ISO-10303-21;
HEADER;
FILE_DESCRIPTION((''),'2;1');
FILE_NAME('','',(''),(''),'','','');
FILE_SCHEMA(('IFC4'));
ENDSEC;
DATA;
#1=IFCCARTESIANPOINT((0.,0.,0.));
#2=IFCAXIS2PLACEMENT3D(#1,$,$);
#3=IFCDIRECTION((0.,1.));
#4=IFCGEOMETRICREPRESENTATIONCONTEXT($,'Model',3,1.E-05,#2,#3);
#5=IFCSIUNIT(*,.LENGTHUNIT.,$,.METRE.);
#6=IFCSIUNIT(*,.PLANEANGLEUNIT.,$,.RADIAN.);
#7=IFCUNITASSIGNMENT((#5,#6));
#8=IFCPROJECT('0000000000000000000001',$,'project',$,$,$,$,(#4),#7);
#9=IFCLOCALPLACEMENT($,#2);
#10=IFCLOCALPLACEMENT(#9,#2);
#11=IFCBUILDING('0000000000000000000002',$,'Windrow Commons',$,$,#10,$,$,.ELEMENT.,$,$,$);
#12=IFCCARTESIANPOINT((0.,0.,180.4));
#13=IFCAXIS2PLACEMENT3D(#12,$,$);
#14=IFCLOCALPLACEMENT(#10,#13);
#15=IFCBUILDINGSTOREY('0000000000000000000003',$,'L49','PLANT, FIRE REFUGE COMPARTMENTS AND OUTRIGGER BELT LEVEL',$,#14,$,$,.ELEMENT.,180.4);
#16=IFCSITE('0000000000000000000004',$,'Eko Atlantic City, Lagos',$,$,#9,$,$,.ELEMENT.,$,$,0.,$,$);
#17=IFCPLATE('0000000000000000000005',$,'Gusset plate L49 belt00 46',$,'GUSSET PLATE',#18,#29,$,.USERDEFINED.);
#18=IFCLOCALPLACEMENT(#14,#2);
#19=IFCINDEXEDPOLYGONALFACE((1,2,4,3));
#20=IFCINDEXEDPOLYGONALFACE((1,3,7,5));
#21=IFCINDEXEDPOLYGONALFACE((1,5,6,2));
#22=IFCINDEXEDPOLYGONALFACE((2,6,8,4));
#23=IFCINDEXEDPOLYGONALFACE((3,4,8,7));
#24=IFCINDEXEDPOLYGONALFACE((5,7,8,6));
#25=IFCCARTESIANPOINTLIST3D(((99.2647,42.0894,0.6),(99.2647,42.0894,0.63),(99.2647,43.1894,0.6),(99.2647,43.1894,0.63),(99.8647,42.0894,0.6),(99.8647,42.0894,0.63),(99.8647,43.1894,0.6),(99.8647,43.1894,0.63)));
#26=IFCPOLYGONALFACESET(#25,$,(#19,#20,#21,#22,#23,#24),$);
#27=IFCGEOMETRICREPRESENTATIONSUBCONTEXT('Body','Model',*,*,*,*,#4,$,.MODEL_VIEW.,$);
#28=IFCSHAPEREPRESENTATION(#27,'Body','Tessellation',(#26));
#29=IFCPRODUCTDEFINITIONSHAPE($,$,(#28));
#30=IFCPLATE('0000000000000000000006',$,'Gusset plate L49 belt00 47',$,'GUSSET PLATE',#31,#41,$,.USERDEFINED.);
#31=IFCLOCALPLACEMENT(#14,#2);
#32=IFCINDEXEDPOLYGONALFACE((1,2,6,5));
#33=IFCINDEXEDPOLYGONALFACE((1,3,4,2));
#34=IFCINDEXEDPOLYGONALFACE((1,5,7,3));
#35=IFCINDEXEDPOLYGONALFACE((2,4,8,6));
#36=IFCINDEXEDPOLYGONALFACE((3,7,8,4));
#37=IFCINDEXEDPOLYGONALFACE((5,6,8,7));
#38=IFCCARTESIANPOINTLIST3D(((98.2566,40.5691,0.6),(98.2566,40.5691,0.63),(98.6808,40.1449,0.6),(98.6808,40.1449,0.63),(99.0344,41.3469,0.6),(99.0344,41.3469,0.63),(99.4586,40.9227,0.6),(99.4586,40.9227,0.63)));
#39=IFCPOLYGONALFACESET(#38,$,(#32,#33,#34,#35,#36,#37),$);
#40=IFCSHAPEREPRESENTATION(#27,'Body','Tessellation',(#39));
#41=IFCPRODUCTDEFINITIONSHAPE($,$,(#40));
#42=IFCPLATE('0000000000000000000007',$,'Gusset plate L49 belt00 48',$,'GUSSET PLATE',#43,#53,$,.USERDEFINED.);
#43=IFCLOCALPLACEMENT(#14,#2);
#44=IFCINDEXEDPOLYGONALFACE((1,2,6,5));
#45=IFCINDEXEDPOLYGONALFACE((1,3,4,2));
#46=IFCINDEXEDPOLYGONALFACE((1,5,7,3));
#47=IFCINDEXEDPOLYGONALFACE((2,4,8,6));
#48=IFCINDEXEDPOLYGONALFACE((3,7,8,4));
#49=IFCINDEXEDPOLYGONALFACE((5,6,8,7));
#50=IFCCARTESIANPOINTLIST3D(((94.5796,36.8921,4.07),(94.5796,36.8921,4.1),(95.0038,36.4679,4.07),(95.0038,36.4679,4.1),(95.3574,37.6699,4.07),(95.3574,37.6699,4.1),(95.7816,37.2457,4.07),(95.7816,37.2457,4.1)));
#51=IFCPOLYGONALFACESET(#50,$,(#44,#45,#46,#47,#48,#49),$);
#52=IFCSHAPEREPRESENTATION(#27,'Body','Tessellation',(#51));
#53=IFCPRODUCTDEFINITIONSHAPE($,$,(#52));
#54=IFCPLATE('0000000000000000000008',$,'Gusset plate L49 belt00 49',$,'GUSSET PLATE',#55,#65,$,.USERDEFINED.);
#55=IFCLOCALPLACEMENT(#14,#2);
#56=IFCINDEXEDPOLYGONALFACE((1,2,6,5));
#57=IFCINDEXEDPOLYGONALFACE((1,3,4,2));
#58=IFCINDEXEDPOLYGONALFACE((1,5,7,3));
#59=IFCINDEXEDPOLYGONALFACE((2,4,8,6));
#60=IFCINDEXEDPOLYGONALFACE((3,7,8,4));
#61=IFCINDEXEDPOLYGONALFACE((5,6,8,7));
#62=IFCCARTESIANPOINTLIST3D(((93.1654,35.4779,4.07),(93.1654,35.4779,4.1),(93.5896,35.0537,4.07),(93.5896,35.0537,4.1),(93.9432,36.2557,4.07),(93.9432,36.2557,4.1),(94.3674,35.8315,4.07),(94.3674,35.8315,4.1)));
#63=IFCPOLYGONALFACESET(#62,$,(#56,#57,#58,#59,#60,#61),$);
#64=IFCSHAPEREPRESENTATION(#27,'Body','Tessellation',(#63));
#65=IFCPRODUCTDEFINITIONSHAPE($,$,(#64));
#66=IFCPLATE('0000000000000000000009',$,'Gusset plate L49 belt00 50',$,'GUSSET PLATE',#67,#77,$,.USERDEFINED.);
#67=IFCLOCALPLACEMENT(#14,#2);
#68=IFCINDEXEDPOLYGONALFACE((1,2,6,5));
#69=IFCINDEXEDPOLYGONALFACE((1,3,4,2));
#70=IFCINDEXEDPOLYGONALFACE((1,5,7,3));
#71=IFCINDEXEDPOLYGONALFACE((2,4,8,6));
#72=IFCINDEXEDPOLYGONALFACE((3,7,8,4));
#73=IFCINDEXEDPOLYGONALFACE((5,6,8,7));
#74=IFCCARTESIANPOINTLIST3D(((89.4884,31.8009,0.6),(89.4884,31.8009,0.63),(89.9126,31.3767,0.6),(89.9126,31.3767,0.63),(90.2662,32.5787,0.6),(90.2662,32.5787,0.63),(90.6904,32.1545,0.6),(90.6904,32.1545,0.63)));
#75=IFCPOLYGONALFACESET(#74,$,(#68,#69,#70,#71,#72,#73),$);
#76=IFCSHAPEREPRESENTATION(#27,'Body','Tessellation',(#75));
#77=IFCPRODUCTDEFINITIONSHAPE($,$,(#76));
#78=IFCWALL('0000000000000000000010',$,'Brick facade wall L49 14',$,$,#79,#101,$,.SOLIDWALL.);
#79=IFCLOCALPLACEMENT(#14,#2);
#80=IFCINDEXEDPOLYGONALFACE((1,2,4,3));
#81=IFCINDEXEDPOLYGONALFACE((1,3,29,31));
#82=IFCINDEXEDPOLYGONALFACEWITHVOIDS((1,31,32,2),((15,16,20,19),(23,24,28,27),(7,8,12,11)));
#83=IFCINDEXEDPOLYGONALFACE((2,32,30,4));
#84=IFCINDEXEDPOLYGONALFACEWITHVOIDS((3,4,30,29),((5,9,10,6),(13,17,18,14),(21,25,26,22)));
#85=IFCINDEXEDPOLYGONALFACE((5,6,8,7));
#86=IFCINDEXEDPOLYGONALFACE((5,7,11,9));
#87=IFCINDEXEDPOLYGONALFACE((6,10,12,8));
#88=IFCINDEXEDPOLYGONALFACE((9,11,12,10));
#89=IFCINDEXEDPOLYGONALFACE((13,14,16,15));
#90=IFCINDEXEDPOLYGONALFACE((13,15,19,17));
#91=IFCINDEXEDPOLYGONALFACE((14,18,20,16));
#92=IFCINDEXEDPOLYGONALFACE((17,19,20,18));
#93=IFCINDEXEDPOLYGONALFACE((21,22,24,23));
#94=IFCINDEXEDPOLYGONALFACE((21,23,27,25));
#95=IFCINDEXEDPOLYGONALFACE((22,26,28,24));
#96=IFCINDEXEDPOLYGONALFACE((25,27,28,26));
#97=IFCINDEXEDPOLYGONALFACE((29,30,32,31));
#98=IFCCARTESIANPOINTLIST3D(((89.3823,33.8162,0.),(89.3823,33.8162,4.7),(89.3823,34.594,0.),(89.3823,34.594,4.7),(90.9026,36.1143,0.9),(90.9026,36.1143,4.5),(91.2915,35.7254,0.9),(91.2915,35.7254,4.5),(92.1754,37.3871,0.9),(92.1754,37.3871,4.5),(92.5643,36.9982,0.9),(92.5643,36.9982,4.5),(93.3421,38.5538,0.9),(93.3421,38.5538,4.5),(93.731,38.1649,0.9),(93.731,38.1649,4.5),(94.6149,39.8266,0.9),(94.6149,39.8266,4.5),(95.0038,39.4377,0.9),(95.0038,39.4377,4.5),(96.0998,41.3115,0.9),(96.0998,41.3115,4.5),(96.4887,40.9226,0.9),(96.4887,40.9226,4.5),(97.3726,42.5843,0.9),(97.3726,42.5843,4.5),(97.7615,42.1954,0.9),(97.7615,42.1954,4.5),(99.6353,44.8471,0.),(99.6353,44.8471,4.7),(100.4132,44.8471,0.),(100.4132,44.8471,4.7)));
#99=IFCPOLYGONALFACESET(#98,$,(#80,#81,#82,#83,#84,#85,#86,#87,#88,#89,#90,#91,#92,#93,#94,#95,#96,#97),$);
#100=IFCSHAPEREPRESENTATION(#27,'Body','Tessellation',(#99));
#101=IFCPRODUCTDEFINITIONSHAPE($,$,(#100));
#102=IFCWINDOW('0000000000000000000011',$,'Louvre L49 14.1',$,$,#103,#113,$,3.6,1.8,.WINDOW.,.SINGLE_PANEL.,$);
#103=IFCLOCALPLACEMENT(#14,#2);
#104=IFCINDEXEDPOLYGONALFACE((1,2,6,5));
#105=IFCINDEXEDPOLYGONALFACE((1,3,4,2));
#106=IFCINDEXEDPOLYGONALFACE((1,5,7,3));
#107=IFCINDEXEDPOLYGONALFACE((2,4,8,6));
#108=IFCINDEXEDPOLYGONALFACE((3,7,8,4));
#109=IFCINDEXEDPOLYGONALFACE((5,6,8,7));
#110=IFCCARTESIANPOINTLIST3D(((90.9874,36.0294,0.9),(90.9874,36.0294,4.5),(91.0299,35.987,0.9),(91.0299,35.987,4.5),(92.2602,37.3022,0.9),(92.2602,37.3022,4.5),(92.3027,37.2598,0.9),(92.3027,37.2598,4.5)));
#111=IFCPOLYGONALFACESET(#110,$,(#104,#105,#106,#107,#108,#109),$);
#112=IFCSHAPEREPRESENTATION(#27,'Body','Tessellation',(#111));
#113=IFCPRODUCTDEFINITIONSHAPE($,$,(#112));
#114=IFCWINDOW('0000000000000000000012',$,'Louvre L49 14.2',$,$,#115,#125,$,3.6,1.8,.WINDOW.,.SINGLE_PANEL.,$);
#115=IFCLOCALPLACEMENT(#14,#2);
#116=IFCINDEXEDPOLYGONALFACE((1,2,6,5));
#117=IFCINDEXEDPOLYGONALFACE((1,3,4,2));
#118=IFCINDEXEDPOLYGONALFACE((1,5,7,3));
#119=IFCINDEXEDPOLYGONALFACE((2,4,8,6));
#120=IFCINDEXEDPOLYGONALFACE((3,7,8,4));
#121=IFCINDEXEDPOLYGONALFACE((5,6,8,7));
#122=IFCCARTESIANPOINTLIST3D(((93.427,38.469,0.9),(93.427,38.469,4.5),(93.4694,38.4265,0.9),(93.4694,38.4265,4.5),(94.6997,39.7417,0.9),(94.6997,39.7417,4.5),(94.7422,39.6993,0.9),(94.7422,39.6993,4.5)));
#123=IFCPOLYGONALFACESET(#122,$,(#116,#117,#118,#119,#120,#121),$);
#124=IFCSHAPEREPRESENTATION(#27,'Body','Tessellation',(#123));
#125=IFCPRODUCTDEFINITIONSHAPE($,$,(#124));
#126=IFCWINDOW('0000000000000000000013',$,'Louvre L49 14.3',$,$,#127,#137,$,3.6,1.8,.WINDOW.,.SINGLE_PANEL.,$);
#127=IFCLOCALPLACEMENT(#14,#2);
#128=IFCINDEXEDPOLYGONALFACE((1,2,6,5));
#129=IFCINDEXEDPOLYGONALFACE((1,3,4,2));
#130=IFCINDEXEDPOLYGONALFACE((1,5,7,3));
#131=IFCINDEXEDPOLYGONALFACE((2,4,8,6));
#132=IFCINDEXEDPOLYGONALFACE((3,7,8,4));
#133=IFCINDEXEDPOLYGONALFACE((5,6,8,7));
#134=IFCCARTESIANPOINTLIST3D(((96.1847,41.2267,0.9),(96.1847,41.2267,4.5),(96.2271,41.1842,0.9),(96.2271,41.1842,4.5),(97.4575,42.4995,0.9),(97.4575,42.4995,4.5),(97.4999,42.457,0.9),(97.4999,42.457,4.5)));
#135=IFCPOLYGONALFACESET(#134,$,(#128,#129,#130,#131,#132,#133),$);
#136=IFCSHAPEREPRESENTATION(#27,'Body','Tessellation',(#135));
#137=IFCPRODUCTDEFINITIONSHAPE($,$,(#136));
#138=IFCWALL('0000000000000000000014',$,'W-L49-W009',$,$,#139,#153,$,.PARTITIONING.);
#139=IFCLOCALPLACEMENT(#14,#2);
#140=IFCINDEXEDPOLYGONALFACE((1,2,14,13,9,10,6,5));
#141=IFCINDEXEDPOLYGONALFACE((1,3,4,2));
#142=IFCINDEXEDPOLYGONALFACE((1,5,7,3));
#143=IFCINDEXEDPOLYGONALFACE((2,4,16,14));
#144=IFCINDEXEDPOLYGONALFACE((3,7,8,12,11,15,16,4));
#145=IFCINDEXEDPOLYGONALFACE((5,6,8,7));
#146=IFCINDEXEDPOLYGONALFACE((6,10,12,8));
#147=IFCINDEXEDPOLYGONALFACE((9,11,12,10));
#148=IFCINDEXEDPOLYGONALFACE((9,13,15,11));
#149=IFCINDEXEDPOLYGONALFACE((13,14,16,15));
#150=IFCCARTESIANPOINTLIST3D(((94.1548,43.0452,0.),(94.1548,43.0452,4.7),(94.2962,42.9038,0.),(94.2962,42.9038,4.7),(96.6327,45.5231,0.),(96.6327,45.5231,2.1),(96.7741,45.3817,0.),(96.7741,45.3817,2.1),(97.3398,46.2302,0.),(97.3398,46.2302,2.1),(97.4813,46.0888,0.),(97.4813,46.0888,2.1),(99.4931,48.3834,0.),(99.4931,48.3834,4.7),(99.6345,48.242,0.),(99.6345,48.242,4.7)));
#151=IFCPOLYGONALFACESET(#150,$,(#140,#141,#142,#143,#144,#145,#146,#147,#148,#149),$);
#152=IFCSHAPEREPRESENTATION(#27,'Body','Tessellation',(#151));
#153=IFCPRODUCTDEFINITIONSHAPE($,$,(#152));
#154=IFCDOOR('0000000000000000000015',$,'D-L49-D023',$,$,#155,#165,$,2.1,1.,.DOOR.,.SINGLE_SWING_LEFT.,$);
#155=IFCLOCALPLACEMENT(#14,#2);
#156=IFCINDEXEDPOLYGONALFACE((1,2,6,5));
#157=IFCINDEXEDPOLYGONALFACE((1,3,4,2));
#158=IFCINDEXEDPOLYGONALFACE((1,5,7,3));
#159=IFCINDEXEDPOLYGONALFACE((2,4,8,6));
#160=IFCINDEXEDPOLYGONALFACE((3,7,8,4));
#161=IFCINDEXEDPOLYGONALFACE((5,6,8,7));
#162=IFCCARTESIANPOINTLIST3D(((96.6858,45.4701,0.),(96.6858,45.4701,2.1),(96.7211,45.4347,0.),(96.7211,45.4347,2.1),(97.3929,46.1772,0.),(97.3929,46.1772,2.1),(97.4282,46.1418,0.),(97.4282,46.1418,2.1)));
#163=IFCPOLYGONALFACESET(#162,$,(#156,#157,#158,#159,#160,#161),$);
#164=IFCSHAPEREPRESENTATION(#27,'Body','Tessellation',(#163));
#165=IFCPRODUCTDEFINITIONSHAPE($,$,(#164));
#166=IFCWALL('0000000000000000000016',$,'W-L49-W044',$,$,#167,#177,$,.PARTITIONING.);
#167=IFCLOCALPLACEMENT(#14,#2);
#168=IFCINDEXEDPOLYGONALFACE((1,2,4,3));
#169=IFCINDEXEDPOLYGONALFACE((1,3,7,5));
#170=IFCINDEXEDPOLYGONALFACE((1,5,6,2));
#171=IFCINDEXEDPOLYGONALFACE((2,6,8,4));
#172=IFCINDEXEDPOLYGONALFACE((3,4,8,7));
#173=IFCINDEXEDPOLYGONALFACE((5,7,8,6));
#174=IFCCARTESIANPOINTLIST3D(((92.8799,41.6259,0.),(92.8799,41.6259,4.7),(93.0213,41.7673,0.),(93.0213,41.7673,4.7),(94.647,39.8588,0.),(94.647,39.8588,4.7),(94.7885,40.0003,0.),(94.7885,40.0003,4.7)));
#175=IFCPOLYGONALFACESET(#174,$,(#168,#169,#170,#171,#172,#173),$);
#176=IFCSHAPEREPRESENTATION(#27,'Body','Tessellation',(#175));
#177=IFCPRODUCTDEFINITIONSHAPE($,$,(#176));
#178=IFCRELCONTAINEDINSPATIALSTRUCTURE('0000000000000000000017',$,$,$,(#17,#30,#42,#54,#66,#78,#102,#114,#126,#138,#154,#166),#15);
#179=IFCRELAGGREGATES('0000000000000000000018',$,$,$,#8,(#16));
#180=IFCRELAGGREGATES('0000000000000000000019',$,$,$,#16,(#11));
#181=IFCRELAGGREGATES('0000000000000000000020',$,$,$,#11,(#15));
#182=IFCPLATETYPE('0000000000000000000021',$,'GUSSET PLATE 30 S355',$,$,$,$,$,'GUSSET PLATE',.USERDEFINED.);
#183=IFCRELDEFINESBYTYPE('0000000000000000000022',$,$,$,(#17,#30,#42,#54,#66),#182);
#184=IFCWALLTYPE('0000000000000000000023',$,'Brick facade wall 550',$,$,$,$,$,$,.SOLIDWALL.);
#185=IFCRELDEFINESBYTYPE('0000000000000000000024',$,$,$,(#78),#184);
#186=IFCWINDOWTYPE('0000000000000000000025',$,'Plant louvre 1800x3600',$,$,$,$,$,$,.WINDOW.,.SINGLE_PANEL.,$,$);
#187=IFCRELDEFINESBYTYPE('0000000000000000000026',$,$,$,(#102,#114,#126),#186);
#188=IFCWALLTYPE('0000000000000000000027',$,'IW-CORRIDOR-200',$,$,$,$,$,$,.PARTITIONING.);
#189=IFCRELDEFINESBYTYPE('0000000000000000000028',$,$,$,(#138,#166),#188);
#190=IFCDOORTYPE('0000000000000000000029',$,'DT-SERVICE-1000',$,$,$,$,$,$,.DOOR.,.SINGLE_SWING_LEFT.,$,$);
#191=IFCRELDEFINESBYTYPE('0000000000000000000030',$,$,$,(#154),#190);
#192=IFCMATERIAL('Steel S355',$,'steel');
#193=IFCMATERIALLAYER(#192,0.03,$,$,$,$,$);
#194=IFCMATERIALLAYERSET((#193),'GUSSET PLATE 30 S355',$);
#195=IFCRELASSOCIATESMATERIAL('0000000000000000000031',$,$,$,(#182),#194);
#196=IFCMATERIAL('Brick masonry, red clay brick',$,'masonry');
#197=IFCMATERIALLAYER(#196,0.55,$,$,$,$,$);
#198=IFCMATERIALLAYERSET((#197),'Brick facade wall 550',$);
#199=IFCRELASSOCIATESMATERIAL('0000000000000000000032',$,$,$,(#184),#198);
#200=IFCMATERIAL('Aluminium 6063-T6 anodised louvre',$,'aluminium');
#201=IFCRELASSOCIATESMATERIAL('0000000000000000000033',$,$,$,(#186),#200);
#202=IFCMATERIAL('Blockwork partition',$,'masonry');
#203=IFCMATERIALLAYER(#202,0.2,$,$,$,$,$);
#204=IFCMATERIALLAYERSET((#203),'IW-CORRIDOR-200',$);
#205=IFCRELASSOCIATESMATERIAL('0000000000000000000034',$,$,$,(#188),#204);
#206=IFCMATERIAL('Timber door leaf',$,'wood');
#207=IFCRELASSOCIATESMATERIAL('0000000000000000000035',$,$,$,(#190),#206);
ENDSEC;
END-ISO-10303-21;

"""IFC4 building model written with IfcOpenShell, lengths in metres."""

from ifc_helpers import new_model, si_unit, direction, frame, frame_2d, origin, origin_2d, place, context, subcontext, project, spatial, polyline, rectangle, outline, extrude, material, layer, layer_set, type_object, element, fill, save


model = new_model("IFC4")

# Units and contexts
model_context = context("Model", 3, precision=1e-05, world=origin(), true_north=direction((0.0, 1.0)))
body_context = subcontext(model_context, "Body", "Model", "MODEL_VIEW")
ifc_project = project(units=[si_unit("LENGTHUNIT", "METRE"), si_unit("PLANEANGLEUNIT", "RADIAN")], contexts=[model_context])

# Site, building, storey
site_placement = place(None, origin())
site = spatial("IfcSite", under=ifc_project, at=site_placement, Name="Eko Atlantic City, Lagos", CompositionType="ELEMENT", RefElevation=0.0)
building_placement = place(site_placement, origin())
building = spatial("IfcBuilding", under=site, at=building_placement, Name="Windrow Commons", CompositionType="ELEMENT")
storey_placement = place(building_placement, frame((0.0, 0.0, 180.4)))
storey = spatial("IfcBuildingStorey", under=building, at=storey_placement, Name="L49", Description="PLANT, FIRE REFUGE COMPARTMENTS AND OUTRIGGER BELT LEVEL", CompositionType="ELEMENT", Elevation=180.4)

# Plates
ifc_material_1 = material(Name="Steel S355", Category="steel")
ifc_layer_1 = layer(ifc_material_1, 0.03)
ifc_layer_set_1 = layer_set([ifc_layer_1], Name="GUSSET PLATE 30 S355")
plate_type_1 = type_object("IfcPlateType", Name="GUSSET PLATE 30 S355", ElementType="GUSSET PLATE", PredefinedType="USERDEFINED", material=ifc_layer_set_1)
for number, where, z_axis, x_axis, name in (
    (1, (99.5647, 42.6394, 0.6), (0.0, 0.0, 1.0), (0.0, -1.0, 0.0), "Gusset plate L49 belt00 46"),
    (2, (98.8576, 40.7459, 0.6), (0.0, 0.0, 1.0), (-0.707107, -0.707107, 0.0), "Gusset plate L49 belt00 47"),
    (3, (95.1806, 37.0689, 4.07), (0.0, 0.0, 1.0), (-0.707107, -0.707107, 0.0), "Gusset plate L49 belt00 48"),
    (4, (93.7664, 35.6547, 4.07), (0.0, 0.0, 1.0), (-0.707107, -0.707107, 0.0), "Gusset plate L49 belt00 49"),
    (5, (90.0894, 31.9777, 0.6), (0.0, 0.0, 1.0), (-0.707107, -0.707107, 0.0), "Gusset plate L49 belt00 50"),
):
    element("IfcPlate", number, at=place(storey_placement, frame(where, z_axis=z_axis, x_axis=x_axis)), inside=storey, type_object=plate_type_1, Name=name, ObjectType="GUSSET PLATE", PredefinedType="USERDEFINED", context=body_context, shape_type="SweptSolid", body=[
        extrude(rectangle(XDim=1.1, YDim=0.6, at=origin_2d()), origin(), (0.0, 0.0, 1.0), 0.03),
    ])

# Wall, openings, windows
ifc_material_2 = material(Name="Brick masonry, red clay brick", Category="masonry")
ifc_layer_2 = layer(ifc_material_2, 0.55)
ifc_layer_set_2 = layer_set([ifc_layer_2], Name="Brick facade wall 550")
wall_type_1 = type_object("IfcWallType", Name="Brick facade wall 550", PredefinedType="SOLIDWALL", material=ifc_layer_set_2)
wall_1_placement = place(storey_placement, frame((89.3823, 34.2051, 0.0), z_axis=(0.0, 0.0, 1.0), x_axis=(0.707107, 0.707107, 0.0)))
wall_1 = element("IfcWall", 6, at=wall_1_placement, inside=storey, type_object=wall_type_1, Name="Brick facade wall L49 14", PredefinedType="SOLIDWALL", context=body_context, shape_type="SweptSolid", body=[
    extrude(outline(polyline([(-0.275, -0.275), (15.325, -0.275), (14.775, 0.275), (0.275, 0.275), (-0.275, -0.275)])), origin(), (0.0, 0.0, 1.0), 4.7),
])
opening_1_placement = place(wall_1_placement, frame((2.425, 0.0, 0.9)))
opening_1 = element("IfcOpeningElement", 7, at=opening_1_placement, cuts=wall_1, PredefinedType="OPENING", context=body_context, shape_type="SweptSolid", body=[
    extrude(rectangle(XDim=1.8, YDim=3.6, at=frame_2d((0.9, 1.8))), frame((0.0, 0.285, 0.0), z_axis=(0.0, -1.0, 0.0), x_axis=(1.0, 0.0, 0.0)), (0.0, 0.0, 1.0), 0.57),
])
opening_2_placement = place(wall_1_placement, frame((5.875, 0.0, 0.9)))
opening_2 = element("IfcOpeningElement", 8, at=opening_2_placement, cuts=wall_1, PredefinedType="OPENING", context=body_context, shape_type="SweptSolid", body=[
    extrude(rectangle(XDim=1.8, YDim=3.6, at=frame_2d((0.9, 1.8))), frame((0.0, 0.285, 0.0), z_axis=(0.0, -1.0, 0.0), x_axis=(1.0, 0.0, 0.0)), (0.0, 0.0, 1.0), 0.57),
])
opening_3_placement = place(wall_1_placement, frame((9.775, 0.0, 0.9)))
opening_3 = element("IfcOpeningElement", 9, at=opening_3_placement, cuts=wall_1, PredefinedType="OPENING", context=body_context, shape_type="SweptSolid", body=[
    extrude(rectangle(XDim=1.8, YDim=3.6, at=frame_2d((0.9, 1.8))), frame((0.0, 0.285, 0.0), z_axis=(0.0, -1.0, 0.0), x_axis=(1.0, 0.0, 0.0)), (0.0, 0.0, 1.0), 0.57),
])
ifc_material_3 = material(Name="Aluminium 6063-T6 anodised louvre", Category="aluminium")
window_type = type_object("IfcWindowType", Name="Plant louvre 1800x3600", PartitioningType="SINGLE_PANEL", PredefinedType="WINDOW", material=ifc_material_3)
window_1_placement = place(opening_1_placement, origin())
window_1 = element("IfcWindow", 10, at=window_1_placement, inside=storey, type_object=window_type, Name="Louvre L49 14.1", OverallHeight=3.6, OverallWidth=1.8, PartitioningType="SINGLE_PANEL", PredefinedType="WINDOW", context=body_context, shape_type="SweptSolid", body=[
    extrude(rectangle(XDim=1.8, YDim=3.6, at=frame_2d((0.9, 1.8))), frame((0.0, 0.155, 0.0), z_axis=(0.0, -1.0, 0.0), x_axis=(1.0, 0.0, 0.0)), (0.0, 0.0, 1.0), 0.06),
])
fill(opening_1, window_1)
window_2_placement = place(opening_2_placement, origin())
window_2 = element("IfcWindow", 11, at=window_2_placement, inside=storey, type_object=window_type, Name="Louvre L49 14.2", OverallHeight=3.6, OverallWidth=1.8, PartitioningType="SINGLE_PANEL", PredefinedType="WINDOW", context=body_context, shape_type="SweptSolid", body=[
    extrude(rectangle(XDim=1.8, YDim=3.6, at=frame_2d((0.9, 1.8))), frame((0.0, 0.155, 0.0), z_axis=(0.0, -1.0, 0.0), x_axis=(1.0, 0.0, 0.0)), (0.0, 0.0, 1.0), 0.06),
])
fill(opening_2, window_2)
window_3_placement = place(opening_3_placement, origin())
window_3 = element("IfcWindow", 12, at=window_3_placement, inside=storey, type_object=window_type, Name="Louvre L49 14.3", OverallHeight=3.6, OverallWidth=1.8, PartitioningType="SINGLE_PANEL", PredefinedType="WINDOW", context=body_context, shape_type="SweptSolid", body=[
    extrude(rectangle(XDim=1.8, YDim=3.6, at=frame_2d((0.9, 1.8))), frame((0.0, 0.155, 0.0), z_axis=(0.0, -1.0, 0.0), x_axis=(1.0, 0.0, 0.0)), (0.0, 0.0, 1.0), 0.06),
])
fill(opening_3, window_3)

# Wall, opening, door
ifc_material_4 = material(Name="Blockwork partition", Category="masonry")
ifc_layer_3 = layer(ifc_material_4, 0.2)
ifc_layer_set_3 = layer_set([ifc_layer_3], Name="IW-CORRIDOR-200")
wall_type_2 = type_object("IfcWallType", Name="IW-CORRIDOR-200", PredefinedType="PARTITIONING", material=ifc_layer_set_3)
wall_2_placement = place(storey_placement, frame((94.2255, 42.9745, 0.0), z_axis=(0.0, 0.0, 1.0), x_axis=(0.707113, 0.7071, 0.0)))
wall_2 = element("IfcWall", 13, at=wall_2_placement, inside=storey, type_object=wall_type_2, Name="W-L49-W009", PredefinedType="PARTITIONING", context=body_context, shape_type="SweptSolid", body=[
    extrude(rectangle(XDim=7.5494, YDim=0.2, at=frame_2d((3.7747, 0.0))), origin(), (0.0, 0.0, 1.0), 4.7),
])
opening_4_placement = place(wall_2_placement, frame((3.5043, 0.0, 0.0)))
opening_4 = element("IfcOpeningElement", 14, at=opening_4_placement, cuts=wall_2, PredefinedType="OPENING", context=body_context, shape_type="SweptSolid", body=[
    extrude(rectangle(XDim=1.0, YDim=2.1, at=frame_2d((0.5, 1.05))), frame((0.0, 0.11, 0.0), z_axis=(0.0, -1.0, 0.0), x_axis=(1.0, 0.0, 0.0)), (0.0, 0.0, 1.0), 0.22),
])
ifc_material_5 = material(Name="Timber door leaf", Category="wood")
door_type = type_object("IfcDoorType", Name="DT-SERVICE-1000", OperationType="SINGLE_SWING_LEFT", PredefinedType="DOOR", material=ifc_material_5)
door_placement = place(opening_4_placement, origin())
door = element("IfcDoor", 15, at=door_placement, inside=storey, type_object=door_type, Name="D-L49-D023", OperationType="SINGLE_SWING_LEFT", OverallHeight=2.1, OverallWidth=1.0, PredefinedType="DOOR", context=body_context, shape_type="SweptSolid", body=[
    extrude(rectangle(XDim=1.0, YDim=2.1, at=frame_2d((0.5, 1.05))), frame((0.0, 0.025, 0.0), z_axis=(0.0, -1.0, 0.0), x_axis=(1.0, 0.0, 0.0)), (0.0, 0.0, 1.0), 0.05),
])
fill(opening_4, door)

# Wall
wall_3_placement = place(storey_placement, frame((92.9506, 41.6966, 0.0), z_axis=(0.0, 0.0, 1.0), x_axis=(0.707127, -0.707087, 0.0)))
element("IfcWall", 16, at=wall_3_placement, inside=storey, type_object=wall_type_2, Name="W-L49-W044", PredefinedType="PARTITIONING", context=body_context, shape_type="SweptSolid", body=[
    extrude(rectangle(XDim=2.4991, YDim=0.2, at=frame_2d((1.2495, 0.0))), origin(), (0.0, 0.0, 1.0), 4.7),
])

save(model, "model.ifc")
